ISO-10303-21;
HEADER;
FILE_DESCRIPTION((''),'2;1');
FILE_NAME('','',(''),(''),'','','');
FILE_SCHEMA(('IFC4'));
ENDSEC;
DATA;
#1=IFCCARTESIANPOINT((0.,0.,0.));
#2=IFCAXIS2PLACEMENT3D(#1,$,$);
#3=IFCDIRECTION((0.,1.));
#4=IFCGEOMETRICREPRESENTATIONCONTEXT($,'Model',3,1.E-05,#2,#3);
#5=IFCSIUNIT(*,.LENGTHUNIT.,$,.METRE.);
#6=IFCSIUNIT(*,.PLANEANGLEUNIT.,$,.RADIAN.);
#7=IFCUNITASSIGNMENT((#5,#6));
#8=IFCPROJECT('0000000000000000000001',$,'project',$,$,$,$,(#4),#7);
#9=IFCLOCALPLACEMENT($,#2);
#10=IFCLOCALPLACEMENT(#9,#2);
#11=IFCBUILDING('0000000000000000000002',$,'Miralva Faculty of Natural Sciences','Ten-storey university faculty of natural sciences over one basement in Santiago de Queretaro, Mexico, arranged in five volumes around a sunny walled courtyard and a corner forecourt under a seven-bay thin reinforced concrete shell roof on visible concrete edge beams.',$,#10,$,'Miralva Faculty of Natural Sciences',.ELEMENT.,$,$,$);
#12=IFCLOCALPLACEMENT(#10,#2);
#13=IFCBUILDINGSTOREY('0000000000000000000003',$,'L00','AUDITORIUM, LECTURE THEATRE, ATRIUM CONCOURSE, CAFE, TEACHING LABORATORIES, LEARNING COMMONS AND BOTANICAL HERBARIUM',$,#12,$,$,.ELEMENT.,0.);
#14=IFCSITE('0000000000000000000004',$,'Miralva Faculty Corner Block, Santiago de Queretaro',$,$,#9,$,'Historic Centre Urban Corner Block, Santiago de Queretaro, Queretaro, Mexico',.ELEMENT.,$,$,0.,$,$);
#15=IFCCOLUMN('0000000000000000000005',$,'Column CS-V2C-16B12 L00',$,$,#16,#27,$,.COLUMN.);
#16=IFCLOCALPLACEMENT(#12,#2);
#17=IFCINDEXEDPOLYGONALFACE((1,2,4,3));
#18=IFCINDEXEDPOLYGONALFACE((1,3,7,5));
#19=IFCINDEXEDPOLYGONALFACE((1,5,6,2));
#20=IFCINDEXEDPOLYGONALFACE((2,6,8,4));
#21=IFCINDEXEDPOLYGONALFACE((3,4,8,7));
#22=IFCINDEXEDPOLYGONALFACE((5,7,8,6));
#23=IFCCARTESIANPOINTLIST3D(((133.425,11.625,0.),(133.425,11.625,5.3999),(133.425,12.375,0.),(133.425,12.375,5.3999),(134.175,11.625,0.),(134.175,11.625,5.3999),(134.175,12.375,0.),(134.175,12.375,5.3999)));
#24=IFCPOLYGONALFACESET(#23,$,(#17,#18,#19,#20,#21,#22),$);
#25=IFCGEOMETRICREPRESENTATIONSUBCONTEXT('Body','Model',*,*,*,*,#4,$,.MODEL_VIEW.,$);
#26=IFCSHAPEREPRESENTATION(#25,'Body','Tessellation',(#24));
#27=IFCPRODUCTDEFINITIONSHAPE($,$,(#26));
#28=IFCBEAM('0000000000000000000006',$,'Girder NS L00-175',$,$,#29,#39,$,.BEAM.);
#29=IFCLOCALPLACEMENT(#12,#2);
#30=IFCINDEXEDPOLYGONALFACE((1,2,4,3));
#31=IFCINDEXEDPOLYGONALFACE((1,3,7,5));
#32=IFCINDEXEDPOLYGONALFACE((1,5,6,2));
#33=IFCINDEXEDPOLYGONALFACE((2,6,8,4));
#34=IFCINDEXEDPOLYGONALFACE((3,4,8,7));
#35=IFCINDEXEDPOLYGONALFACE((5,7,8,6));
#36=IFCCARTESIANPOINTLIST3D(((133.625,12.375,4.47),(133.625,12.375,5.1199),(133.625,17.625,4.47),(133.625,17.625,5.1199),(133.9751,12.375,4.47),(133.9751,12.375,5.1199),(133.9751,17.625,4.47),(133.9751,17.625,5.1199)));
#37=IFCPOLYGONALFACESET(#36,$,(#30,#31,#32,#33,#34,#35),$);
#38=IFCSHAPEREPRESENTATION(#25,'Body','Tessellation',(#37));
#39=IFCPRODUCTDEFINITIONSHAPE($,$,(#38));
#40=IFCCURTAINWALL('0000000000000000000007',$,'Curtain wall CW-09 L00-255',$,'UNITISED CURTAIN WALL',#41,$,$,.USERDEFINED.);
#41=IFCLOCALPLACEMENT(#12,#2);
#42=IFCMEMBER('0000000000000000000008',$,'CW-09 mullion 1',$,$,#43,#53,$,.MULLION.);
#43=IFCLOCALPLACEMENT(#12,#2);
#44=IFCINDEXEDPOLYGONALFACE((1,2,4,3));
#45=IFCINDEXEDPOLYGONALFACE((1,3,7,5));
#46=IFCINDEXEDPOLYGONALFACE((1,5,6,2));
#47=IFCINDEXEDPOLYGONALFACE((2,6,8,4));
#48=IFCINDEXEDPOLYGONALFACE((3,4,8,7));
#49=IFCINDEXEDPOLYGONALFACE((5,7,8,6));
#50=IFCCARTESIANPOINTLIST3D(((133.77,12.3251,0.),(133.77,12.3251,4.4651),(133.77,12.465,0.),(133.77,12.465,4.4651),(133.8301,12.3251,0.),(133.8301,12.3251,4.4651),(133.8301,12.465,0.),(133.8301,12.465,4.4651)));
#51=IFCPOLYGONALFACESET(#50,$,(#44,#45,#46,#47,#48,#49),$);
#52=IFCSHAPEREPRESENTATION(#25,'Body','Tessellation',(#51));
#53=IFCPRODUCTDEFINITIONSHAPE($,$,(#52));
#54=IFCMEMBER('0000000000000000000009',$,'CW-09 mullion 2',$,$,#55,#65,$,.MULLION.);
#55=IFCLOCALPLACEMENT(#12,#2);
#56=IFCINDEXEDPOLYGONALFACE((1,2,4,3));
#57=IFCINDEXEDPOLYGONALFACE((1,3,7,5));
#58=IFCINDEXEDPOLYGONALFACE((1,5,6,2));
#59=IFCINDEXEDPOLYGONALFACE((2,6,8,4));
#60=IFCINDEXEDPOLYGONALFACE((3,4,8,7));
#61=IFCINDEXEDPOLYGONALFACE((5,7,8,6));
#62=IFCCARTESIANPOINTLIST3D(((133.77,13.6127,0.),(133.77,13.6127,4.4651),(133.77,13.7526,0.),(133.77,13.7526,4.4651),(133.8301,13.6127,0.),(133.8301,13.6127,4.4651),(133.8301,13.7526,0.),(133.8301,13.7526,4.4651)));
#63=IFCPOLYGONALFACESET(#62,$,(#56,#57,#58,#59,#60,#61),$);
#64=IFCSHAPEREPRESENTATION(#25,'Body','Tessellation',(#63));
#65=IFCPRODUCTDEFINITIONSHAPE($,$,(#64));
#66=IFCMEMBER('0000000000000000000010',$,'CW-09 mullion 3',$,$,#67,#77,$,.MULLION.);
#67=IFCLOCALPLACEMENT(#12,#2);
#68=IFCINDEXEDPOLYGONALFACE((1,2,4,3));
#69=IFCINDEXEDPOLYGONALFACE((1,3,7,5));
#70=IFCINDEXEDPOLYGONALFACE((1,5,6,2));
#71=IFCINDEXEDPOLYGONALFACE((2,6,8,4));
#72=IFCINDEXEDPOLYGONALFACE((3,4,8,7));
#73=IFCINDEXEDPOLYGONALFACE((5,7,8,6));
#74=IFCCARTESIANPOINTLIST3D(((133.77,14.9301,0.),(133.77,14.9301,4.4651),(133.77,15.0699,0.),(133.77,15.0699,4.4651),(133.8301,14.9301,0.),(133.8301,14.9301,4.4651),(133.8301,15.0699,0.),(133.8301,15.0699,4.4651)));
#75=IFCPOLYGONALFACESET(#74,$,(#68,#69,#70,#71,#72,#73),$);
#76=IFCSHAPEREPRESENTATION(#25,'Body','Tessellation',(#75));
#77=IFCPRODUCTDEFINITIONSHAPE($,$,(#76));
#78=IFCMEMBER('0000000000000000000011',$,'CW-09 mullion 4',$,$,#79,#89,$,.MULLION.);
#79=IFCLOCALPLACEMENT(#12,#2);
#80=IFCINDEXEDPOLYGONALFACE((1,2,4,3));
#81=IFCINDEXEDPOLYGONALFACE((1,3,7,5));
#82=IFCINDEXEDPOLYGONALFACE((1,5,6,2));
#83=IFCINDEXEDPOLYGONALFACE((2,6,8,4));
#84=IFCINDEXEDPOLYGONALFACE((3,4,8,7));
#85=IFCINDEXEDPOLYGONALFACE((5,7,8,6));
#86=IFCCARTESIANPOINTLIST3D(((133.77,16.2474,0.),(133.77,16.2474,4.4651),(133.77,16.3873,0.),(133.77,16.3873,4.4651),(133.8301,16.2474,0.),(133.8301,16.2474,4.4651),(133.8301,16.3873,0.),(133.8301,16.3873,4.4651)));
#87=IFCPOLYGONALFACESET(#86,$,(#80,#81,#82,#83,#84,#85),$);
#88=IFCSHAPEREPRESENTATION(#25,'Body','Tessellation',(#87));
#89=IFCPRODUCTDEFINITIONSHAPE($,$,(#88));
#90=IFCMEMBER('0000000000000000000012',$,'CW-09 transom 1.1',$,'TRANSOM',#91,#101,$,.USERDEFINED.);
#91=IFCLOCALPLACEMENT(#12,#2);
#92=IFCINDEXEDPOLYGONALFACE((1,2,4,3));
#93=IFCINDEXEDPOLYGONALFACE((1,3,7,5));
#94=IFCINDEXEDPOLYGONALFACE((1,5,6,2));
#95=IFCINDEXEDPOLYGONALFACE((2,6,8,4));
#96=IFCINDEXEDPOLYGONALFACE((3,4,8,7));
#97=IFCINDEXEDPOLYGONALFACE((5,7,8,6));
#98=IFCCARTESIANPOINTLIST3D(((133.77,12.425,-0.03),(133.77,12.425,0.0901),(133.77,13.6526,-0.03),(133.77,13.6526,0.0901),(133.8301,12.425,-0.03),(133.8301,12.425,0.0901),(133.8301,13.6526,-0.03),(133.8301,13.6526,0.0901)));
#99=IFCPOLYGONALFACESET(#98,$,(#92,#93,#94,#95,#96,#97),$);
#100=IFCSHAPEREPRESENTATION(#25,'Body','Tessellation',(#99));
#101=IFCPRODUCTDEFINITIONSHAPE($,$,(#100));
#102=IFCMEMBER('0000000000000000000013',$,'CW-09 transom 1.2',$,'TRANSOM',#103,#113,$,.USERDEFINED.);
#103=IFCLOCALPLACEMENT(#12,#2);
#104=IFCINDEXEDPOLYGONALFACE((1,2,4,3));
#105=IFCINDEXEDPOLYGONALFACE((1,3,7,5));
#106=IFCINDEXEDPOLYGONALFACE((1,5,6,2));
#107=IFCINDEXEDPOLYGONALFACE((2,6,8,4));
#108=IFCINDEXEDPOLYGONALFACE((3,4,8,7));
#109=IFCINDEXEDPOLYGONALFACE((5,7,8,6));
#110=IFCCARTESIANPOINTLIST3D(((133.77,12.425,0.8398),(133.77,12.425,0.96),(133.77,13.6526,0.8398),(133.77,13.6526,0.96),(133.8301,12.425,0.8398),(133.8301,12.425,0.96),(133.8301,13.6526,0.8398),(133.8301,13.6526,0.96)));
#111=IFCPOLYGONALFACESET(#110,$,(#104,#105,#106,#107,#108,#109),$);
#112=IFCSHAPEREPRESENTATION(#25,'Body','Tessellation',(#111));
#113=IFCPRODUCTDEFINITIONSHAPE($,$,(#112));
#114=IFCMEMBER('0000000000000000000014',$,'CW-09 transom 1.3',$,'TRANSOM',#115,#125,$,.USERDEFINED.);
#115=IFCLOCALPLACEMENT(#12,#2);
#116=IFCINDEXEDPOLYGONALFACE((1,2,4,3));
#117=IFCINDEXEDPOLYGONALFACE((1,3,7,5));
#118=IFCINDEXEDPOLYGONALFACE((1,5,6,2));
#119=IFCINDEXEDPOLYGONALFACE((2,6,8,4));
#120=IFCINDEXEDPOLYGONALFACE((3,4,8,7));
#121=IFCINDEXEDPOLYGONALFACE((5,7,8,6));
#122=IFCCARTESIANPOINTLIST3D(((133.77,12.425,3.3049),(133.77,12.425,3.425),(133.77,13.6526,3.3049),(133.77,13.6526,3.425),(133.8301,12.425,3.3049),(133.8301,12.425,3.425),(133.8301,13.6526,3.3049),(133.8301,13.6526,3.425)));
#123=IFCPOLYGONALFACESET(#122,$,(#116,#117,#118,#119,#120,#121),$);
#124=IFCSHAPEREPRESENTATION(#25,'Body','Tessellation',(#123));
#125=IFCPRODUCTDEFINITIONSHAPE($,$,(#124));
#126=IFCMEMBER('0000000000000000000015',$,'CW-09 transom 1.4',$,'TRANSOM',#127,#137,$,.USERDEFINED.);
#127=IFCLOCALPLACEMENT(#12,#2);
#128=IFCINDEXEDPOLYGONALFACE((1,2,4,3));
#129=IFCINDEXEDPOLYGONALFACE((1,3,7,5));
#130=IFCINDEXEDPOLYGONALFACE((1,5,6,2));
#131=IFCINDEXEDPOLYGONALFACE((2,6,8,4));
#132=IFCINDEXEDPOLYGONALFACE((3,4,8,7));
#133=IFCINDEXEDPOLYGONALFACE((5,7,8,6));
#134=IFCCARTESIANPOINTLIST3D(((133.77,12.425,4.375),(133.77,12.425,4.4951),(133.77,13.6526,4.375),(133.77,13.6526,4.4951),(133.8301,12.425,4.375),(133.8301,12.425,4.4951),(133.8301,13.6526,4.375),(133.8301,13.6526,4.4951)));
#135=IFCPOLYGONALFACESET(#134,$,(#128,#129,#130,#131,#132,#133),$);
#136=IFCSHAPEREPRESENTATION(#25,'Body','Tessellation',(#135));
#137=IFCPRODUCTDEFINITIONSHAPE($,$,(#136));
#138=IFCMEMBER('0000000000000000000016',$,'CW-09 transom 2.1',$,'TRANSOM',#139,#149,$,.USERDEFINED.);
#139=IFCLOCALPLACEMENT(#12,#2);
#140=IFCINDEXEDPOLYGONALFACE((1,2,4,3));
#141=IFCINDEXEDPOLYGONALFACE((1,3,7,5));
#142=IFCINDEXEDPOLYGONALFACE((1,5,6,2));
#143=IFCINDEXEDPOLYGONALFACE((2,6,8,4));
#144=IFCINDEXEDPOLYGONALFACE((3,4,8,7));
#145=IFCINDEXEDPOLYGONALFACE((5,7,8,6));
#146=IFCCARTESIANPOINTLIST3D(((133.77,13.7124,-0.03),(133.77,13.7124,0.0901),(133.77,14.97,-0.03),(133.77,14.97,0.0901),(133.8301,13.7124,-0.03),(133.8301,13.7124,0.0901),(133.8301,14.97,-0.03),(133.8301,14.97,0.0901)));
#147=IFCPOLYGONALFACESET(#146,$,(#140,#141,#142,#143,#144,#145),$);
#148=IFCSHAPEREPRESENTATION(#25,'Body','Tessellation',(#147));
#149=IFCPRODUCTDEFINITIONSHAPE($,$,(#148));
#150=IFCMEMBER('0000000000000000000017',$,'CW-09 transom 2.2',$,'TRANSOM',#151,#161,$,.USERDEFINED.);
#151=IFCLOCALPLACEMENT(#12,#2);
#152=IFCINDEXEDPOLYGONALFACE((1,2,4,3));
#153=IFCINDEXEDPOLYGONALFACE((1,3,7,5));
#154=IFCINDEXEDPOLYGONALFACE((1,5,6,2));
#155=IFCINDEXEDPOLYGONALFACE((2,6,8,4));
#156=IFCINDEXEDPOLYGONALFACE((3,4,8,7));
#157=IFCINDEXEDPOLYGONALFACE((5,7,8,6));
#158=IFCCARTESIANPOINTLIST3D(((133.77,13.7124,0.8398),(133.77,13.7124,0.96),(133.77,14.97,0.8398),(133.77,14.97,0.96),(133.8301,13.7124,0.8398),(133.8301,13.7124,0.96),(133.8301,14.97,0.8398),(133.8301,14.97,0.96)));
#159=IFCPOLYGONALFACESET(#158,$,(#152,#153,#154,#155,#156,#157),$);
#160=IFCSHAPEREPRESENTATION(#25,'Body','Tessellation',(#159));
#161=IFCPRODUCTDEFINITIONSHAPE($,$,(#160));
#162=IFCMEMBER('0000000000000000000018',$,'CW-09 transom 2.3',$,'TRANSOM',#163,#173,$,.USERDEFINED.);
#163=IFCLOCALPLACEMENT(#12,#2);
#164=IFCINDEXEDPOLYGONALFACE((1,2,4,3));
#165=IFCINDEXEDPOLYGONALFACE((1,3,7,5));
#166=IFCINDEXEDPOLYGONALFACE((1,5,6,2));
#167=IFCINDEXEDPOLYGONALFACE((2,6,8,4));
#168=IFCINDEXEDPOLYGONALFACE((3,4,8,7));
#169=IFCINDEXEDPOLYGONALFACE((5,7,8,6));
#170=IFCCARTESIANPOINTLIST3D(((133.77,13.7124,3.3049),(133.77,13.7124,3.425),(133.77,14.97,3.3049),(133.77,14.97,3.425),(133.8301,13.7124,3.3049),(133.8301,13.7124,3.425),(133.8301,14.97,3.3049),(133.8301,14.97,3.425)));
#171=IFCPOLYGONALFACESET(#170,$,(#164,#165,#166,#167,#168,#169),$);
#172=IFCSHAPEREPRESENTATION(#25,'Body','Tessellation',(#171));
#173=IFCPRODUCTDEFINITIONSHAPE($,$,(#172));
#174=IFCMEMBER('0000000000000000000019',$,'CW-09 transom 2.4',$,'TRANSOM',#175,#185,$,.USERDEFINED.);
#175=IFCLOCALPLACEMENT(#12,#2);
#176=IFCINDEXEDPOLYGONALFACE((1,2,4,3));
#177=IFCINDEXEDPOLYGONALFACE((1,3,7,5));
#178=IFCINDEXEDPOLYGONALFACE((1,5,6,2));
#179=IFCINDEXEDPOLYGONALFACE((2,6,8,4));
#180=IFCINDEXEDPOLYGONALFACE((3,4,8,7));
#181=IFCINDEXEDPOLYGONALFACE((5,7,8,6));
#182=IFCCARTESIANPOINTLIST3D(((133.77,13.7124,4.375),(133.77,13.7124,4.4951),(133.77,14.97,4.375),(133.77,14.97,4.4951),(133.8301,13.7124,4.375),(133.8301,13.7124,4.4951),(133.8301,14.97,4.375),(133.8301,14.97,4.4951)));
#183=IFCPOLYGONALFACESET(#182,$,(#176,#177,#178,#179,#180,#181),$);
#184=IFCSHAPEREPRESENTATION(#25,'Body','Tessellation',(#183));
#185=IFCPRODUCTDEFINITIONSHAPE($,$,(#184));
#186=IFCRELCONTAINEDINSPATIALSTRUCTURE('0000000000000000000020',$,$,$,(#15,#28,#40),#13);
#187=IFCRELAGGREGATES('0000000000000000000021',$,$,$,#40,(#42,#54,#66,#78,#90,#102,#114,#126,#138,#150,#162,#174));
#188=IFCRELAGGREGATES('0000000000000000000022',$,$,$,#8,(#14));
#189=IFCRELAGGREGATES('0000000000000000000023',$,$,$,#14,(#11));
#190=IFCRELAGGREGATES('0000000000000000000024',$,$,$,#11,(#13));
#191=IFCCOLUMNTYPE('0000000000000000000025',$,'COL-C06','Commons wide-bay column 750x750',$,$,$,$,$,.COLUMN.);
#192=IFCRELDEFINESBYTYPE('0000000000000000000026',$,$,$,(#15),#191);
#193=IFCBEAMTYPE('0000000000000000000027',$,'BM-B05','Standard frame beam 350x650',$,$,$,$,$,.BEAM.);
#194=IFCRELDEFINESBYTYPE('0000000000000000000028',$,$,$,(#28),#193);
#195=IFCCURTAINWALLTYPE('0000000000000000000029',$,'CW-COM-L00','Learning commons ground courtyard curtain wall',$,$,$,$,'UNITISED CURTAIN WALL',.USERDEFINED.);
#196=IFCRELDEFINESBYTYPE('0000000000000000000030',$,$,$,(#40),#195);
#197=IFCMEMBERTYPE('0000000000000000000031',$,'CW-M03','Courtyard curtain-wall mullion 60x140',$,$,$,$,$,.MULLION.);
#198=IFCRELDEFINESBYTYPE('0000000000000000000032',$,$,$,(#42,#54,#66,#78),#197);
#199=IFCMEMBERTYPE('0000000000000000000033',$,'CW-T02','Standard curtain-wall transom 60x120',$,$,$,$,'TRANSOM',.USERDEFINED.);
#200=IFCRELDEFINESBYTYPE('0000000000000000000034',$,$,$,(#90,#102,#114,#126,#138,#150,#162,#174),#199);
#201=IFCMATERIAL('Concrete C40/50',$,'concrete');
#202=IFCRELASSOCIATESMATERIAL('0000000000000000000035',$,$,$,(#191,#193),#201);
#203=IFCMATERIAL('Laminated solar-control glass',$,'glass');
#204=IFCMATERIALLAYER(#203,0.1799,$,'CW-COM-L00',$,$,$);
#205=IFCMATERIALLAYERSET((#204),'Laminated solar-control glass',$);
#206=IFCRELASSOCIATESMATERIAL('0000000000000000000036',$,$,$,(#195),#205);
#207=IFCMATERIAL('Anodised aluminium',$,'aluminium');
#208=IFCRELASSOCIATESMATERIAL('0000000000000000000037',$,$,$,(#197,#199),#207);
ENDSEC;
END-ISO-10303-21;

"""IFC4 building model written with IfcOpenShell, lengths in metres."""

from ifc_helpers import new_model, si_unit, direction, frame, origin, origin_2d, place, context, subcontext, project, spatial, rectangle, extrude, material, layer, layer_set, material_profile, profile_set, type_object, element, aggregate, save


model = new_model("IFC4")

# Units and contexts
model_context = context("Model", 3, precision=1e-05, world=origin(), true_north=direction((0.0, 1.0)))
body_context = subcontext(model_context, "Body", "Model", "MODEL_VIEW")
ifc_project = project(units=[si_unit("LENGTHUNIT", "METRE"), si_unit("PLANEANGLEUNIT", "RADIAN")], contexts=[model_context])

# Site, building, storey
site_placement = place(None, origin())
site = spatial("IfcSite", under=ifc_project, at=site_placement, Name="Miralva Faculty Corner Block, Santiago de Queretaro", LongName="Historic Centre Urban Corner Block, Santiago de Queretaro, Queretaro, Mexico", CompositionType="ELEMENT", RefElevation=0.0)
building_placement = place(site_placement, origin())
building = spatial("IfcBuilding", under=site, at=building_placement, Name="Miralva Faculty of Natural Sciences", Description="Ten-storey university faculty of natural sciences over one basement in Santiago de Queretaro, Mexico, arranged in five volumes around a sunny walled courtyard and a corner forecourt under a seven-bay thin reinforced concrete shell roof on visible concrete edge beams.", LongName="Miralva Faculty of Natural Sciences", CompositionType="ELEMENT")
storey_placement = place(building_placement, origin())
storey = spatial("IfcBuildingStorey", under=building, at=storey_placement, Name="L00", Description="AUDITORIUM, LECTURE THEATRE, ATRIUM CONCOURSE, CAFE, TEACHING LABORATORIES, LEARNING COMMONS AND BOTANICAL HERBARIUM", CompositionType="ELEMENT", Elevation=0.0)

# Column
ifc_material_1 = material(Name="Concrete C40/50", Category="concrete")
ifc_material_profile_1 = material_profile(ifc_material_1, rectangle(XDim=0.75, YDim=0.75, at=origin_2d()), Name="RC 750x750")
ifc_profile_set_1 = profile_set([ifc_material_profile_1], Name="Concrete C40/50")
column_type = type_object("IfcColumnType", Name="COL-C06", Description="Commons wide-bay column 750x750", PredefinedType="COLUMN", material=ifc_profile_set_1)
column_placement = place(storey_placement, frame((133.8, 12.0, 0.0), z_axis=(0.0, 0.0, 1.0), x_axis=(1.0, 0.0, 0.0)))
element("IfcColumn", 1, at=column_placement, inside=storey, type_object=column_type, Name="Column CS-V2C-16B12 L00", PredefinedType="COLUMN", context=body_context, shape_type="SweptSolid", body=[
    extrude(rectangle(XDim=0.75, YDim=0.75, at=origin_2d()), origin(), (0.0, 0.0, 1.0), 5.3999),
])

# Beam
ifc_material_profile_2 = material_profile(ifc_material_1, rectangle(XDim=0.3501, YDim=0.6499, at=origin_2d()), Name="RC 350x650")
ifc_profile_set_2 = profile_set([ifc_material_profile_2], Name="Concrete C40/50")
beam_type = type_object("IfcBeamType", Name="BM-B05", Description="Standard frame beam 350x650", PredefinedType="BEAM", material=ifc_profile_set_2)
beam_placement = place(storey_placement, frame((133.8, 12.375, 4.7949), z_axis=(0.0, 1.0, 0.0), x_axis=(-1.0, 0.0, 0.0)))
element("IfcBeam", 2, at=beam_placement, inside=storey, type_object=beam_type, Name="Girder NS L00-175", PredefinedType="BEAM", context=body_context, shape_type="SweptSolid", body=[
    extrude(rectangle(XDim=0.3501, YDim=0.6499, at=origin_2d()), origin(), (0.0, 0.0, 1.0), 5.25),
])

# Curtain wall, members
ifc_material_2 = material(Name="Laminated solar-control glass", Category="glass")
ifc_layer_1 = layer(ifc_material_2, 0.1799, Name="CW-COM-L00")
ifc_layer_set_1 = layer_set([ifc_layer_1], Name="Laminated solar-control glass")
curtain_wall_type = type_object("IfcCurtainWallType", Name="CW-COM-L00", Description="Learning commons ground courtyard curtain wall", ElementType="UNITISED CURTAIN WALL", PredefinedType="USERDEFINED", material=ifc_layer_set_1)
curtain_wall_placement = place(storey_placement, origin())
curtain_wall = element("IfcCurtainWall", 3, at=curtain_wall_placement, inside=storey, type_object=curtain_wall_type, Name="Curtain wall CW-09 L00-255", ObjectType="UNITISED CURTAIN WALL", PredefinedType="USERDEFINED")
ifc_material_3 = material(Name="Anodised aluminium", Category="aluminium")
ifc_material_profile_3 = material_profile(ifc_material_3, rectangle(XDim=0.0601, YDim=0.1399, at=origin_2d()), Name="MULLION 60x140")
ifc_profile_set_3 = profile_set([ifc_material_profile_3], Name="Anodised aluminium")
member_type_1 = type_object("IfcMemberType", Name="CW-M03", Description="Courtyard curtain-wall mullion 60x140", PredefinedType="MULLION", material=ifc_profile_set_3)
member_1_placement = place(storey_placement, frame((133.8, 12.395, 0.0), z_axis=(0.0, 0.0, 1.0), x_axis=(-1.0, 0.0, 0.0)))
member_1 = element("IfcMember", 4, at=member_1_placement, type_object=member_type_1, Name="CW-09 mullion 1", PredefinedType="MULLION", context=body_context, shape_type="SweptSolid", body=[
    extrude(rectangle(XDim=0.0601, YDim=0.1399, at=origin_2d()), origin(), (0.0, 0.0, 1.0), 4.4651),
])
member_2_placement = place(storey_placement, frame((133.8, 13.6826, 0.0), z_axis=(0.0, 0.0, 1.0), x_axis=(-1.0, 0.0, 0.0)))
member_2 = element("IfcMember", 5, at=member_2_placement, type_object=member_type_1, Name="CW-09 mullion 2", PredefinedType="MULLION", context=body_context, shape_type="SweptSolid", body=[
    extrude(rectangle(XDim=0.0601, YDim=0.1399, at=origin_2d()), origin(), (0.0, 0.0, 1.0), 4.4651),
])
member_3_placement = place(storey_placement, frame((133.8, 15.0, 0.0), z_axis=(0.0, 0.0, 1.0), x_axis=(-1.0, 0.0, 0.0)))
member_3 = element("IfcMember", 6, at=member_3_placement, type_object=member_type_1, Name="CW-09 mullion 3", PredefinedType="MULLION", context=body_context, shape_type="SweptSolid", body=[
    extrude(rectangle(XDim=0.0601, YDim=0.1399, at=origin_2d()), origin(), (0.0, 0.0, 1.0), 4.4651),
])
member_4_placement = place(storey_placement, frame((133.8, 16.3174, 0.0), z_axis=(0.0, 0.0, 1.0), x_axis=(-1.0, 0.0, 0.0)))
member_4 = element("IfcMember", 7, at=member_4_placement, type_object=member_type_1, Name="CW-09 mullion 4", PredefinedType="MULLION", context=body_context, shape_type="SweptSolid", body=[
    extrude(rectangle(XDim=0.0601, YDim=0.1399, at=origin_2d()), origin(), (0.0, 0.0, 1.0), 4.4651),
])
ifc_material_profile_4 = material_profile(ifc_material_3, rectangle(XDim=0.0601, YDim=0.1201, at=origin_2d()), Name="TRANSOM 60x120")
ifc_profile_set_4 = profile_set([ifc_material_profile_4], Name="Anodised aluminium")
member_type_2 = type_object("IfcMemberType", Name="CW-T02", Description="Standard curtain-wall transom 60x120", ElementType="TRANSOM", PredefinedType="USERDEFINED", material=ifc_profile_set_4)
member_5_placement = place(storey_placement, frame((133.8, 12.425, 0.03), z_axis=(0.0, 1.0, 0.0), x_axis=(-1.0, 0.0, 0.0)))
member_5 = element("IfcMember", 8, at=member_5_placement, type_object=member_type_2, Name="CW-09 transom 1.1", ObjectType="TRANSOM", PredefinedType="USERDEFINED", context=body_context, shape_type="SweptSolid", body=[
    extrude(rectangle(XDim=0.0601, YDim=0.1201, at=origin_2d()), origin(), (0.0, 0.0, 1.0), 1.2275),
])
member_6_placement = place(storey_placement, frame((133.8, 12.425, 0.8999), z_axis=(0.0, 1.0, 0.0), x_axis=(-1.0, 0.0, 0.0)))
member_6 = element("IfcMember", 9, at=member_6_placement, type_object=member_type_2, Name="CW-09 transom 1.2", ObjectType="TRANSOM", PredefinedType="USERDEFINED", context=body_context, shape_type="SweptSolid", body=[
    extrude(rectangle(XDim=0.0601, YDim=0.1201, at=origin_2d()), origin(), (0.0, 0.0, 1.0), 1.2275),
])
member_7_placement = place(storey_placement, frame((133.8, 12.425, 3.365), z_axis=(0.0, 1.0, 0.0), x_axis=(-1.0, 0.0, 0.0)))
member_7 = element("IfcMember", 10, at=member_7_placement, type_object=member_type_2, Name="CW-09 transom 1.3", ObjectType="TRANSOM", PredefinedType="USERDEFINED", context=body_context, shape_type="SweptSolid", body=[
    extrude(rectangle(XDim=0.0601, YDim=0.1201, at=origin_2d()), origin(), (0.0, 0.0, 1.0), 1.2275),
])
member_8_placement = place(storey_placement, frame((133.8, 12.425, 4.4351), z_axis=(0.0, 1.0, 0.0), x_axis=(-1.0, 0.0, 0.0)))
member_8 = element("IfcMember", 11, at=member_8_placement, type_object=member_type_2, Name="CW-09 transom 1.4", ObjectType="TRANSOM", PredefinedType="USERDEFINED", context=body_context, shape_type="SweptSolid", body=[
    extrude(rectangle(XDim=0.0601, YDim=0.1201, at=origin_2d()), origin(), (0.0, 0.0, 1.0), 1.2275),
])
member_9_placement = place(storey_placement, frame((133.8, 13.7124, 0.03), z_axis=(0.0, 1.0, 0.0), x_axis=(-1.0, 0.0, 0.0)))
member_9 = element("IfcMember", 12, at=member_9_placement, type_object=member_type_2, Name="CW-09 transom 2.1", ObjectType="TRANSOM", PredefinedType="USERDEFINED", context=body_context, shape_type="SweptSolid", body=[
    extrude(rectangle(XDim=0.0601, YDim=0.1201, at=origin_2d()), origin(), (0.0, 0.0, 1.0), 1.2576),
])
member_10_placement = place(storey_placement, frame((133.8, 13.7124, 0.8999), z_axis=(0.0, 1.0, 0.0), x_axis=(-1.0, 0.0, 0.0)))
member_10 = element("IfcMember", 13, at=member_10_placement, type_object=member_type_2, Name="CW-09 transom 2.2", ObjectType="TRANSOM", PredefinedType="USERDEFINED", context=body_context, shape_type="SweptSolid", body=[
    extrude(rectangle(XDim=0.0601, YDim=0.1201, at=origin_2d()), origin(), (0.0, 0.0, 1.0), 1.2576),
])
member_11_placement = place(storey_placement, frame((133.8, 13.7124, 3.365), z_axis=(0.0, 1.0, 0.0), x_axis=(-1.0, 0.0, 0.0)))
member_11 = element("IfcMember", 14, at=member_11_placement, type_object=member_type_2, Name="CW-09 transom 2.3", ObjectType="TRANSOM", PredefinedType="USERDEFINED", context=body_context, shape_type="SweptSolid", body=[
    extrude(rectangle(XDim=0.0601, YDim=0.1201, at=origin_2d()), origin(), (0.0, 0.0, 1.0), 1.2576),
])
member_12_placement = place(storey_placement, frame((133.8, 13.7124, 4.4351), z_axis=(0.0, 1.0, 0.0), x_axis=(-1.0, 0.0, 0.0)))
member_12 = element("IfcMember", 15, at=member_12_placement, type_object=member_type_2, Name="CW-09 transom 2.4", ObjectType="TRANSOM", PredefinedType="USERDEFINED", context=body_context, shape_type="SweptSolid", body=[
    extrude(rectangle(XDim=0.0601, YDim=0.1201, at=origin_2d()), origin(), (0.0, 0.0, 1.0), 1.2576),
])
aggregate(curtain_wall, [member_1, member_2, member_3, member_4, member_5, member_6, member_7, member_8, member_9, member_10, member_11, member_12])

save(model, "model.ifc")
